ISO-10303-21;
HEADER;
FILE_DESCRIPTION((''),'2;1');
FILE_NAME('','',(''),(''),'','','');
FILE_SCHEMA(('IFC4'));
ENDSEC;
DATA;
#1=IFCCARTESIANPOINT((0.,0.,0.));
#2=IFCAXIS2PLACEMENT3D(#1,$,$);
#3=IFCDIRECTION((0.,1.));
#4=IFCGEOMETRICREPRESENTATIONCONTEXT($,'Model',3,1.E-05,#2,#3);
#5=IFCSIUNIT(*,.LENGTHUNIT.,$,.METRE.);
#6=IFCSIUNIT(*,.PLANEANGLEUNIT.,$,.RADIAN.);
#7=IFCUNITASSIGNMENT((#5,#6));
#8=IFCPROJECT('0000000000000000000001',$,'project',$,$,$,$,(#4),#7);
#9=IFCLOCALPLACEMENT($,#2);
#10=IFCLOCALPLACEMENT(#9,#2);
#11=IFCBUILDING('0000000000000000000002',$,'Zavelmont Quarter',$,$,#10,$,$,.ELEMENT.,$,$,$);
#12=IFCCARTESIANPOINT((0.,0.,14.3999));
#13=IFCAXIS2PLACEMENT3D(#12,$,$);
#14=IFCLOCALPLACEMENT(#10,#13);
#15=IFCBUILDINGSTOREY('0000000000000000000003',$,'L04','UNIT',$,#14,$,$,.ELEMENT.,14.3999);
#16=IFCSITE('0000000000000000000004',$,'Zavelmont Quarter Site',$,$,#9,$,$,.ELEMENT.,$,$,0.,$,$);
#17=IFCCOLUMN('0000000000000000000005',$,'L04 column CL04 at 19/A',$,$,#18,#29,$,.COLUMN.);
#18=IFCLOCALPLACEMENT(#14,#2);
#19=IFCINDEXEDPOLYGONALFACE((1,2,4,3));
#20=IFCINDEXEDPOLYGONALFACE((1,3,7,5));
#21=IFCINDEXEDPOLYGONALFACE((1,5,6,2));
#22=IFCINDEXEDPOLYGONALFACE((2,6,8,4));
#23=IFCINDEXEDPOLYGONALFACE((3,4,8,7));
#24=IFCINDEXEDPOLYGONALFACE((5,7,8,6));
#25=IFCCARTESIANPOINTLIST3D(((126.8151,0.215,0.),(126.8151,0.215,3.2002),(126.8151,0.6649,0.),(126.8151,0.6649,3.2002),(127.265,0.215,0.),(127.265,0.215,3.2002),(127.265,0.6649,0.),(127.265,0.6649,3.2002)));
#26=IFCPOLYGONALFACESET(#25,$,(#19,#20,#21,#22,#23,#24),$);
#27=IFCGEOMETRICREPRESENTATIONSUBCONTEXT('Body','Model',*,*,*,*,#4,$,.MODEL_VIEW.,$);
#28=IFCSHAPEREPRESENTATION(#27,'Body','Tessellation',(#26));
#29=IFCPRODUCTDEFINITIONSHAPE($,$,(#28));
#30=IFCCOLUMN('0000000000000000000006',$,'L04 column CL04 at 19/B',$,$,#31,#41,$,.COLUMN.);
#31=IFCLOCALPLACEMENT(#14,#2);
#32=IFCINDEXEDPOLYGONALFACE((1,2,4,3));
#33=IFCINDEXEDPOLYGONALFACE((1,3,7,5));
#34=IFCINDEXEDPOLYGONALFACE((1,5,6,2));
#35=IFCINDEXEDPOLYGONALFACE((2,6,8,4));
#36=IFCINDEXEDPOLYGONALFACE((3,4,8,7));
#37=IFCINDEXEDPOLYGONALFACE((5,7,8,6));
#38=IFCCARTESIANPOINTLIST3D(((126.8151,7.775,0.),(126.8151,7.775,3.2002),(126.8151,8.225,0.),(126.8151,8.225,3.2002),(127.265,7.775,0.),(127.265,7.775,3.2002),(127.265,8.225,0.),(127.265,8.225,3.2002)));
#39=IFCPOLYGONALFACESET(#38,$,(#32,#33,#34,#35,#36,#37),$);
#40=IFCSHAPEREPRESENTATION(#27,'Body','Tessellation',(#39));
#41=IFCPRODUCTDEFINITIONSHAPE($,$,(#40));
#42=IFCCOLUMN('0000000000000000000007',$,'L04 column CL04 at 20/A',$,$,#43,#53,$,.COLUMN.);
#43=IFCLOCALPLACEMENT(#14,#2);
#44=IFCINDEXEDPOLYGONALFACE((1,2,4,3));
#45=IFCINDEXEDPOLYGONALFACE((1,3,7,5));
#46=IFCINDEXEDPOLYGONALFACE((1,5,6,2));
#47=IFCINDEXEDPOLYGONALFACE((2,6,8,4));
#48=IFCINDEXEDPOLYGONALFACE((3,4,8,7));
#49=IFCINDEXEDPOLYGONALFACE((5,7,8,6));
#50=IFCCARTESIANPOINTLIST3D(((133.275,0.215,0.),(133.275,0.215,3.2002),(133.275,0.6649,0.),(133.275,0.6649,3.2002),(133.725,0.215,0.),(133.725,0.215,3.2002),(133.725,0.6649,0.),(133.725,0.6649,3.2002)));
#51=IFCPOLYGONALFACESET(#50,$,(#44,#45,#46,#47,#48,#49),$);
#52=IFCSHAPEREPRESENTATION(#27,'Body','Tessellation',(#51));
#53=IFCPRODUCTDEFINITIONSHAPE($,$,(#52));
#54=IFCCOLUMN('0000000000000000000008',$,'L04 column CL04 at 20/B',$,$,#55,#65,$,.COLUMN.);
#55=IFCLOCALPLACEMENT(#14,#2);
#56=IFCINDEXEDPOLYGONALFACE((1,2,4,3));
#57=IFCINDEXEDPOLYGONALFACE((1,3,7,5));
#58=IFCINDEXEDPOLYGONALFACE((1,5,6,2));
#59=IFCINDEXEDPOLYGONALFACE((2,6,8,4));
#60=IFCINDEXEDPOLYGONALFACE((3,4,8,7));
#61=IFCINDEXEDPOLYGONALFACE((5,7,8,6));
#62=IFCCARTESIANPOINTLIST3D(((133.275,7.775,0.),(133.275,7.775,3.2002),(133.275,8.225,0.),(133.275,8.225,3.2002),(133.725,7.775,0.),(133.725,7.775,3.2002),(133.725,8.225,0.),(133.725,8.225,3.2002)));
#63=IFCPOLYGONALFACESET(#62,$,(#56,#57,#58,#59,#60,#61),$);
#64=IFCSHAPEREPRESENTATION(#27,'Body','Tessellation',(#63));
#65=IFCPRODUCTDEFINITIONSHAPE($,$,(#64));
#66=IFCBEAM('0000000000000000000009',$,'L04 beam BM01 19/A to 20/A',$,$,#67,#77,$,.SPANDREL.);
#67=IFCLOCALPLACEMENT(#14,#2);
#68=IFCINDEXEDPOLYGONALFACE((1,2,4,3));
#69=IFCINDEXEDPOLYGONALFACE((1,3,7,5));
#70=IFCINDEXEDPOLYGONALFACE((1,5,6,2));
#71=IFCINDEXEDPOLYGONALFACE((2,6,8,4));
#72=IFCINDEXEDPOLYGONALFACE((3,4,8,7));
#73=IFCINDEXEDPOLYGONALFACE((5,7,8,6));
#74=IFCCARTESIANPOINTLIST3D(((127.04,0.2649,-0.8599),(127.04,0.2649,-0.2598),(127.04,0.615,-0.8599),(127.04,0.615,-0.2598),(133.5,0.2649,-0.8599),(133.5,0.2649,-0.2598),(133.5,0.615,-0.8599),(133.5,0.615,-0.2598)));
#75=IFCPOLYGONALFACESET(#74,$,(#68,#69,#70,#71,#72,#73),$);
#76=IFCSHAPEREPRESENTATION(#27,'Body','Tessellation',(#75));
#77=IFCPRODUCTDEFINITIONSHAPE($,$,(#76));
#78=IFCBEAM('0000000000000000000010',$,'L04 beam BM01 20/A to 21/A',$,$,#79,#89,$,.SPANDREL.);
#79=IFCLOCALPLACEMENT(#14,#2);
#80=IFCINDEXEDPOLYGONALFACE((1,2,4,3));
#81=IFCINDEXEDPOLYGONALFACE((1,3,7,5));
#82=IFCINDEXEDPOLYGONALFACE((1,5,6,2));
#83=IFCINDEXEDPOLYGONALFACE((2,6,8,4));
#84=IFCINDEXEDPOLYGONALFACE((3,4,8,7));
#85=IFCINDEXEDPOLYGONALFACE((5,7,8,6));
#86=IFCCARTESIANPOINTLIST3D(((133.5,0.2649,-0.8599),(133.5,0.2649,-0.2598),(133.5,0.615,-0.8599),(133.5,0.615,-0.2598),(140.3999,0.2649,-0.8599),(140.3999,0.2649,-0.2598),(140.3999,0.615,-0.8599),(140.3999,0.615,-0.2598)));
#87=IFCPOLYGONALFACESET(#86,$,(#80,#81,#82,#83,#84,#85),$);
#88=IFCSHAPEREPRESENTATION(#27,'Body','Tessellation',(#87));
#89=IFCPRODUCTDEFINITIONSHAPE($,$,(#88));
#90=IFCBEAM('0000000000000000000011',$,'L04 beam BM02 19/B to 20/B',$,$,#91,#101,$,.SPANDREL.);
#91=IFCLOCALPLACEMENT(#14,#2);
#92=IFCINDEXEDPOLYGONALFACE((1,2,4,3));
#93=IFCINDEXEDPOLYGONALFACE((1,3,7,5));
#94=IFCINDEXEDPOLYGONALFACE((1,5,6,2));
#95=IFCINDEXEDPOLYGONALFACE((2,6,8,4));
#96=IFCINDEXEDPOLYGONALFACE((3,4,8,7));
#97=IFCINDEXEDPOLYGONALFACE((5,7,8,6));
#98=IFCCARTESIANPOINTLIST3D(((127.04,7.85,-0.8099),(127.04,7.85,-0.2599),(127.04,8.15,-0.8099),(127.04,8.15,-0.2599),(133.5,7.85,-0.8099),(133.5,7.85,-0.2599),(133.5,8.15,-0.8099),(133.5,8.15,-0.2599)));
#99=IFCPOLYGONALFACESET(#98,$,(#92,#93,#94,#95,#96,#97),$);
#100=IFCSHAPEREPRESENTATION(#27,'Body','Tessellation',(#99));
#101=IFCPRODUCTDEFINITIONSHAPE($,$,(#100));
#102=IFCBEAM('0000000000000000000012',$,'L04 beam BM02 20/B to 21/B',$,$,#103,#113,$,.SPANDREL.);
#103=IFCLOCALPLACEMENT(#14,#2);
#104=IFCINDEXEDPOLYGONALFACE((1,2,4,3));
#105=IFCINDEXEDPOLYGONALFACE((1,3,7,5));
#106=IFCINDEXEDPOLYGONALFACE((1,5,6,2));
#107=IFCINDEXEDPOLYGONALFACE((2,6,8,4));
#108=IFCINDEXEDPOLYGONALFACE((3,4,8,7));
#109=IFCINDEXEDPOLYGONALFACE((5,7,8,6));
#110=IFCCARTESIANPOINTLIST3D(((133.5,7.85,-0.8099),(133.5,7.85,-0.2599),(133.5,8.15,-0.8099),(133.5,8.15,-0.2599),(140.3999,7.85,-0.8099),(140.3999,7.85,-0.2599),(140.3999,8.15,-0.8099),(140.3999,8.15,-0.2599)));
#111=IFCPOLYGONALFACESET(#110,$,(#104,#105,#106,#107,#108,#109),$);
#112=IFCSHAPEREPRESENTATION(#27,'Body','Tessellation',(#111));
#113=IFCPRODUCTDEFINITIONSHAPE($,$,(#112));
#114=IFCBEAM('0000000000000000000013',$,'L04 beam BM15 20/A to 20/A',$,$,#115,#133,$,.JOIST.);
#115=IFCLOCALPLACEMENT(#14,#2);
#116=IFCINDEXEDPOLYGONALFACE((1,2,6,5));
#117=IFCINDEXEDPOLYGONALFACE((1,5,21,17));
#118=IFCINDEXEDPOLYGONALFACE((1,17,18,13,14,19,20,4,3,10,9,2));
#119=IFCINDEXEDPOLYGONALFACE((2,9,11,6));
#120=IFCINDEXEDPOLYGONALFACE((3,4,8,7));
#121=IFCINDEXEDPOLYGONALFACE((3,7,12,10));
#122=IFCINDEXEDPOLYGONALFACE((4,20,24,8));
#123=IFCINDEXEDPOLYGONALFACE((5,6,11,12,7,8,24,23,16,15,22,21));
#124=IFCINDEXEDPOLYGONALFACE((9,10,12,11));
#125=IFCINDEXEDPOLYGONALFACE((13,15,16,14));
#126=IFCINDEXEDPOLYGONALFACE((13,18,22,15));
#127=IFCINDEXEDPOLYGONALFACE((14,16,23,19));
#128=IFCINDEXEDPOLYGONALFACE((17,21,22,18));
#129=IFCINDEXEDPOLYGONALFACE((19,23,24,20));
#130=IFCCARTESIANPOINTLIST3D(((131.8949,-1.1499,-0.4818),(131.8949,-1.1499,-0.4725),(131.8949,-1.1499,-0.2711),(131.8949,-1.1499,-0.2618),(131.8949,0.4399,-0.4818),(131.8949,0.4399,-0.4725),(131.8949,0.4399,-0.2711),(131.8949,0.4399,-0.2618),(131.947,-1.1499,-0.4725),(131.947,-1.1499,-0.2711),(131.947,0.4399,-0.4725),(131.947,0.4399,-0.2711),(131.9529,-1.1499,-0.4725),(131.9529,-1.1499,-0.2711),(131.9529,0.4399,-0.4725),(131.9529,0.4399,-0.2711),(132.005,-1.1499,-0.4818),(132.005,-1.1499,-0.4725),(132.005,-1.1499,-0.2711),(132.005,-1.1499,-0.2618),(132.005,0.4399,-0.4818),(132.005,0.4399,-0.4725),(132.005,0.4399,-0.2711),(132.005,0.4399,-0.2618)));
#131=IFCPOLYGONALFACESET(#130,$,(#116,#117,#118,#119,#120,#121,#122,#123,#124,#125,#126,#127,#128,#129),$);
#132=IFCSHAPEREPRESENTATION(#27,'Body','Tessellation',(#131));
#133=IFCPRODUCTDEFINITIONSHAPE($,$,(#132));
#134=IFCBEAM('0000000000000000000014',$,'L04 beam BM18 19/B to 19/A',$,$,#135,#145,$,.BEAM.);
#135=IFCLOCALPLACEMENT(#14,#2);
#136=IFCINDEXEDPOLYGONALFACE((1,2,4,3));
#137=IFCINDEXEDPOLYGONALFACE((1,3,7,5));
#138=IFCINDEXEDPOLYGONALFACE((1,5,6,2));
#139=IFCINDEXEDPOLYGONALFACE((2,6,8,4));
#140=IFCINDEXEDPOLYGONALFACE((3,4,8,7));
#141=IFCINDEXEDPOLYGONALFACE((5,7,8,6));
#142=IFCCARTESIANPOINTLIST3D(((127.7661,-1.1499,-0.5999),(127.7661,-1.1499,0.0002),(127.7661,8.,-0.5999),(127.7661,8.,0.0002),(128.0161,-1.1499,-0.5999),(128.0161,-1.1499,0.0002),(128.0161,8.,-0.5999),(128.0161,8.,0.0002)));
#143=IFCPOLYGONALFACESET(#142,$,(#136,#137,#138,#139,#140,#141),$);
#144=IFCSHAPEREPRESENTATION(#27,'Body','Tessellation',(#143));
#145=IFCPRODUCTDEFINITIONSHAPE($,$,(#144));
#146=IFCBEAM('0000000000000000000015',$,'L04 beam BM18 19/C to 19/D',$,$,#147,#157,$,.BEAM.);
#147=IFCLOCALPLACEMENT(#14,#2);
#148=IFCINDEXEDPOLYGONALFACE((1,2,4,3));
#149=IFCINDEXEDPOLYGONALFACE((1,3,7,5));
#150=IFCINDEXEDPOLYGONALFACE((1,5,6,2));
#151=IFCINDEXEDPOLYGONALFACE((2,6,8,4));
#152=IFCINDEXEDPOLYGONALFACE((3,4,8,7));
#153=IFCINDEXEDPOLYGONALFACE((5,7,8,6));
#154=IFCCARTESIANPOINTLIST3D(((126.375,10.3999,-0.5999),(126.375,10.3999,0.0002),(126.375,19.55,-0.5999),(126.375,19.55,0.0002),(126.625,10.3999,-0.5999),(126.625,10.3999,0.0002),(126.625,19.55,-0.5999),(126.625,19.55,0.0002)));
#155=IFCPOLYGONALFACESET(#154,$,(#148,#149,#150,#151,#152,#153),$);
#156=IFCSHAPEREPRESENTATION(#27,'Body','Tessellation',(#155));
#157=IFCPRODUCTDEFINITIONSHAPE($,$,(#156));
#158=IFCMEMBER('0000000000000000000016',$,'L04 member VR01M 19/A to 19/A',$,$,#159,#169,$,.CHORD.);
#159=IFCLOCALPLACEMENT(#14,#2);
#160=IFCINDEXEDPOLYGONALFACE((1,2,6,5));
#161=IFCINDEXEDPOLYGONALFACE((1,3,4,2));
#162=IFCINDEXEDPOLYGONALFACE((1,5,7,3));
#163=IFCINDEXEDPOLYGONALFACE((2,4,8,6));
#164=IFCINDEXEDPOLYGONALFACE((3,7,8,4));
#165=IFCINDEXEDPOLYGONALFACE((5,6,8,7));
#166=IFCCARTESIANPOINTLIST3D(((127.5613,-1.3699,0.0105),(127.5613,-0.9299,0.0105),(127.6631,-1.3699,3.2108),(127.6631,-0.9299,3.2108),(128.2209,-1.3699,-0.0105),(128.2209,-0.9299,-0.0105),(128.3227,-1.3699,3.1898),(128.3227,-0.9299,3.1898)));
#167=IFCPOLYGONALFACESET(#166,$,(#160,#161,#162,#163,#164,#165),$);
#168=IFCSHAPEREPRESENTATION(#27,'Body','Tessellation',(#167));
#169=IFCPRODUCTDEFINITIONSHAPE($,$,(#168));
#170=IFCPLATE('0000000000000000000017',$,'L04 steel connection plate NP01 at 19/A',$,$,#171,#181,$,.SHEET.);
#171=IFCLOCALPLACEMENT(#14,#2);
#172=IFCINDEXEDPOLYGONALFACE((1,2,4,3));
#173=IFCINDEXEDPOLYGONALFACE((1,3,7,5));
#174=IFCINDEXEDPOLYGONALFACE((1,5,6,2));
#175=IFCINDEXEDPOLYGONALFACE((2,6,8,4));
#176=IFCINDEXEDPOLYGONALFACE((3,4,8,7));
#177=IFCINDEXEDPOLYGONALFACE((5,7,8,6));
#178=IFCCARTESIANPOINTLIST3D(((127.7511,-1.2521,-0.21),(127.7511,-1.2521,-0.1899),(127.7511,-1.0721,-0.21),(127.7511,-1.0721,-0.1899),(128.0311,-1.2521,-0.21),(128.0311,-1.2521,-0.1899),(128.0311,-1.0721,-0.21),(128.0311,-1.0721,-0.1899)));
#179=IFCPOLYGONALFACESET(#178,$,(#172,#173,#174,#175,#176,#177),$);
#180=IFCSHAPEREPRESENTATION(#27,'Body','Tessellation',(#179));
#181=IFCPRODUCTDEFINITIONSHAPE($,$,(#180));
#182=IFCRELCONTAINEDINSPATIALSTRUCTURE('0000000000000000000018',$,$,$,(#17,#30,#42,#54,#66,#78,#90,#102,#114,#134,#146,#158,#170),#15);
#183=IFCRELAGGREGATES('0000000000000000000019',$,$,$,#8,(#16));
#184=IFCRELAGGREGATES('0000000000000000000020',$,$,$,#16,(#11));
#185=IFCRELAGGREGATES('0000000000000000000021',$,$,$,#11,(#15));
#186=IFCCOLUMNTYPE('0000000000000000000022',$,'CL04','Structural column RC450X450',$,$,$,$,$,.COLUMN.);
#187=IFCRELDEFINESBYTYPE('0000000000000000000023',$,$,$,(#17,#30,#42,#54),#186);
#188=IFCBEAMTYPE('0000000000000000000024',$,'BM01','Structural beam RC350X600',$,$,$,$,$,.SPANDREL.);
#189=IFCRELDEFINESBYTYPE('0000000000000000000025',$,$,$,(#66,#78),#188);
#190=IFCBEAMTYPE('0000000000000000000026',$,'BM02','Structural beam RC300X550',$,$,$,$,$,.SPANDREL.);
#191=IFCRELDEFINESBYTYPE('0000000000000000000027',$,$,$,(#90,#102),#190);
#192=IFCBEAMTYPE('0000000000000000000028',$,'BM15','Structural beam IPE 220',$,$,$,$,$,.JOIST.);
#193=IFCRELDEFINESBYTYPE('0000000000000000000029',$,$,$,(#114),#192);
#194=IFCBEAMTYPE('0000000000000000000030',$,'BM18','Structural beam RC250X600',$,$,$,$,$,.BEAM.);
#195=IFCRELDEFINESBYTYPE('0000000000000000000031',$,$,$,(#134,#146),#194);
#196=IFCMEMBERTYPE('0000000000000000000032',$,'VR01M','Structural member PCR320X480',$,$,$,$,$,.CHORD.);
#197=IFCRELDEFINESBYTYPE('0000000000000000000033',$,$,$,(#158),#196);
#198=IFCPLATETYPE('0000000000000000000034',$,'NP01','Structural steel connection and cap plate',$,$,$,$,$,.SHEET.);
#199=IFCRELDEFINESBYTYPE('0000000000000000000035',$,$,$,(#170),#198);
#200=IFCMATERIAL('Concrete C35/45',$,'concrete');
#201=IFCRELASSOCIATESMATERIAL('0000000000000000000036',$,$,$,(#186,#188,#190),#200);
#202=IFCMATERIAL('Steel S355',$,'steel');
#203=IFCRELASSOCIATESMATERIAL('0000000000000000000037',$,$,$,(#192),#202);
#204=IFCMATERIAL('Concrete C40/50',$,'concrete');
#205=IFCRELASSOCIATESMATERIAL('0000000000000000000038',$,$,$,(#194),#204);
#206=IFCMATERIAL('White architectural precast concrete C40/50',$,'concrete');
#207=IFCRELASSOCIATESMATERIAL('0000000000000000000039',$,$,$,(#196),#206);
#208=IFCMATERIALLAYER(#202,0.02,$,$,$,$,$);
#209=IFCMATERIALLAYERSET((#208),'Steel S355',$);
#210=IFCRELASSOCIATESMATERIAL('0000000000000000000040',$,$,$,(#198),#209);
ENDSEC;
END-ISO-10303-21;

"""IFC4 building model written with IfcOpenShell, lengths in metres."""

from ifc_helpers import new_model, si_unit, direction, frame, origin, origin_2d, place, context, subcontext, project, spatial, rectangle, i_section, extrude, material, layer, layer_set, material_profile, profile_set, type_object, element, save


model = new_model("IFC4")

# Units and contexts
model_context = context("Model", 3, precision=1e-05, world=origin(), true_north=direction((0.0, 1.0)))
body_context = subcontext(model_context, "Body", "Model", "MODEL_VIEW")
ifc_project = project(units=[si_unit("LENGTHUNIT", "METRE"), si_unit("PLANEANGLEUNIT", "RADIAN")], contexts=[model_context])

# Site, building, storey
site_placement = place(None, origin())
site = spatial("IfcSite", under=ifc_project, at=site_placement, Name="Zavelmont Quarter Site", CompositionType="ELEMENT", RefElevation=0.0)
building_placement = place(site_placement, origin())
building = spatial("IfcBuilding", under=site, at=building_placement, Name="Zavelmont Quarter", CompositionType="ELEMENT")
storey_placement = place(building_placement, frame((0.0, 0.0, 14.3999)))
storey = spatial("IfcBuildingStorey", under=building, at=storey_placement, Name="L04", Description="UNIT", CompositionType="ELEMENT", Elevation=14.3999)

# Columns
ifc_material_1 = material(Name="Concrete C35/45", Category="concrete")
ifc_material_profile_1 = material_profile(ifc_material_1, rectangle(XDim=0.45, YDim=0.45, at=origin_2d()), Name="RC450X450")
ifc_profile_set_1 = profile_set([ifc_material_profile_1], Name="Concrete C35/45")
column_type = type_object("IfcColumnType", Name="CL04", Description="Structural column RC450X450", PredefinedType="COLUMN", material=ifc_profile_set_1)
for number, where, z_axis, x_axis, name in (
    (1, (127.04, 0.4399, 0.0), (0.0, 0.0, 1.0), (1.0, 0.0, 0.0), "L04 column CL04 at 19/A"),
    (2, (127.04, 8.0, 0.0), (0.0, 0.0, 1.0), (1.0, 0.0, 0.0), "L04 column CL04 at 19/B"),
    (3, (133.5, 0.4399, 0.0), (0.0, 0.0, 1.0), (1.0, 0.0, 0.0), "L04 column CL04 at 20/A"),
    (4, (133.5, 8.0, 0.0), (0.0, 0.0, 1.0), (1.0, 0.0, 0.0), "L04 column CL04 at 20/B"),
):
    element("IfcColumn", number, at=place(storey_placement, frame(where, z_axis=z_axis, x_axis=x_axis)), inside=storey, type_object=column_type, Name=name, PredefinedType="COLUMN", context=body_context, shape_type="SweptSolid", body=[
        extrude(rectangle(XDim=0.45, YDim=0.45, at=origin_2d()), origin(), (0.0, 0.0, 1.0), 3.2002),
    ])

# Beams
ifc_material_profile_2 = material_profile(ifc_material_1, rectangle(XDim=0.3501, YDim=0.6001, at=origin_2d()), Name="RC350X600")
ifc_profile_set_2 = profile_set([ifc_material_profile_2], Name="Concrete C35/45")
beam_type_1 = type_object("IfcBeamType", Name="BM01", Description="Structural beam RC350X600", PredefinedType="SPANDREL", material=ifc_profile_set_2)
beam_1_placement = place(storey_placement, frame((127.04, 0.4399, -0.5598), z_axis=(1.0, 0.0, 0.0), x_axis=(0.0, 1.0, 0.0)))
element("IfcBeam", 5, at=beam_1_placement, inside=storey, type_object=beam_type_1, Name="L04 beam BM01 19/A to 20/A", PredefinedType="SPANDREL", context=body_context, shape_type="SweptSolid", body=[
    extrude(rectangle(XDim=0.3501, YDim=0.6001, at=origin_2d()), origin(), (0.0, 0.0, 1.0), 6.46),
])
beam_2_placement = place(storey_placement, frame((133.5, 0.4399, -0.5598), z_axis=(1.0, 0.0, 0.0), x_axis=(0.0, 1.0, 0.0)))
element("IfcBeam", 6, at=beam_2_placement, inside=storey, type_object=beam_type_1, Name="L04 beam BM01 20/A to 21/A", PredefinedType="SPANDREL", context=body_context, shape_type="SweptSolid", body=[
    extrude(rectangle(XDim=0.3501, YDim=0.6001, at=origin_2d()), origin(), (0.0, 0.0, 1.0), 6.8999),
])
ifc_material_profile_3 = material_profile(ifc_material_1, rectangle(XDim=0.3, YDim=0.55, at=origin_2d()), Name="RC300X550")
ifc_profile_set_3 = profile_set([ifc_material_profile_3], Name="Concrete C35/45")
beam_type_2 = type_object("IfcBeamType", Name="BM02", Description="Structural beam RC300X550", PredefinedType="SPANDREL", material=ifc_profile_set_3)
beam_3_placement = place(storey_placement, frame((127.04, 8.0, -0.5349), z_axis=(1.0, 0.0, 0.0), x_axis=(0.0, 1.0, 0.0)))
element("IfcBeam", 7, at=beam_3_placement, inside=storey, type_object=beam_type_2, Name="L04 beam BM02 19/B to 20/B", PredefinedType="SPANDREL", context=body_context, shape_type="SweptSolid", body=[
    extrude(rectangle(XDim=0.3, YDim=0.55, at=origin_2d()), origin(), (0.0, 0.0, 1.0), 6.46),
])
beam_4_placement = place(storey_placement, frame((133.5, 8.0, -0.5349), z_axis=(1.0, 0.0, 0.0), x_axis=(0.0, 1.0, 0.0)))
element("IfcBeam", 8, at=beam_4_placement, inside=storey, type_object=beam_type_2, Name="L04 beam BM02 20/B to 21/B", PredefinedType="SPANDREL", context=body_context, shape_type="SweptSolid", body=[
    extrude(rectangle(XDim=0.3, YDim=0.55, at=origin_2d()), origin(), (0.0, 0.0, 1.0), 6.8999),
])
ifc_material_2 = material(Name="Steel S355", Category="steel")
ifc_material_profile_4 = material_profile(ifc_material_2, i_section(OverallWidth=0.1101, OverallDepth=0.22, WebThickness=0.0059, FlangeThickness=0.0093, at=origin_2d()), Name="IPE 220")
ifc_profile_set_4 = profile_set([ifc_material_profile_4], Name="Steel S355")
beam_type_3 = type_object("IfcBeamType", Name="BM15", Description="Structural beam IPE 220", PredefinedType="JOIST", material=ifc_profile_set_4)
beam_5_placement = place(storey_placement, frame((131.95, 0.4399, -0.3718), z_axis=(0.0, -1.0, 0.0), x_axis=(1.0, 0.0, 0.0)))
element("IfcBeam", 9, at=beam_5_placement, inside=storey, type_object=beam_type_3, Name="L04 beam BM15 20/A to 20/A", PredefinedType="JOIST", context=body_context, shape_type="SweptSolid", body=[
    extrude(i_section(OverallWidth=0.1101, OverallDepth=0.22, WebThickness=0.0059, FlangeThickness=0.0093, at=origin_2d()), origin(), (0.0, 0.0, 1.0), 1.5898),
])
ifc_material_3 = material(Name="Concrete C40/50", Category="concrete")
ifc_material_profile_5 = material_profile(ifc_material_3, rectangle(XDim=0.25, YDim=0.6001, at=origin_2d()), Name="RC250X600")
ifc_profile_set_5 = profile_set([ifc_material_profile_5], Name="Concrete C40/50")
beam_type_4 = type_object("IfcBeamType", Name="BM18", Description="Structural beam RC250X600", PredefinedType="BEAM", material=ifc_profile_set_5)
beam_6_placement = place(storey_placement, frame((127.8911, 8.0, -0.2998), z_axis=(0.0, -1.0, 0.0), x_axis=(1.0, 0.0, 0.0)))
element("IfcBeam", 10, at=beam_6_placement, inside=storey, type_object=beam_type_4, Name="L04 beam BM18 19/B to 19/A", PredefinedType="BEAM", context=body_context, shape_type="SweptSolid", body=[
    extrude(rectangle(XDim=0.25, YDim=0.6001, at=origin_2d()), origin(), (0.0, 0.0, 1.0), 9.1499),
])
beam_7_placement = place(storey_placement, frame((126.5, 10.3999, -0.2998), z_axis=(0.0, 1.0, 0.0), x_axis=(-1.0, 0.0, 0.0)))
element("IfcBeam", 11, at=beam_7_placement, inside=storey, type_object=beam_type_4, Name="L04 beam BM18 19/C to 19/D", PredefinedType="BEAM", context=body_context, shape_type="SweptSolid", body=[
    extrude(rectangle(XDim=0.25, YDim=0.6001, at=origin_2d()), origin(), (0.0, 0.0, 1.0), 9.1501),
])

# Member
ifc_material_4 = material(Name="White architectural precast concrete C40/50", Category="concrete")
ifc_material_profile_6 = material_profile(ifc_material_4, rectangle(XDim=0.4399, YDim=0.6599, at=origin_2d()), Name="PCR320X480")
ifc_profile_set_6 = profile_set([ifc_material_profile_6], Name="White architectural precast concrete C40/50")
member_type = type_object("IfcMemberType", Name="VR01M", Description="Structural member PCR320X480", PredefinedType="CHORD", material=ifc_profile_set_6)
member_placement = place(storey_placement, frame((127.8911, -1.1499, 0.0), z_axis=(0.031797, 0.0, 0.999494), x_axis=(0.0, 1.0, 0.0)))
element("IfcMember", 12, at=member_placement, inside=storey, type_object=member_type, Name="L04 member VR01M 19/A to 19/A", PredefinedType="CHORD", context=body_context, shape_type="SweptSolid", body=[
    extrude(rectangle(XDim=0.4399, YDim=0.6599, at=origin_2d()), origin(), (0.0, 0.0, 1.0), 3.2019),
])

# Plate
ifc_layer_1 = layer(ifc_material_2, 0.02)
ifc_layer_set_1 = layer_set([ifc_layer_1], Name="Steel S355")
plate_type = type_object("IfcPlateType", Name="NP01", Description="Structural steel connection and cap plate", PredefinedType="SHEET", material=ifc_layer_set_1)
plate_placement = place(storey_placement, frame((127.8911, -1.1621, -0.21), z_axis=(0.0, 0.0, 1.0), x_axis=(1.0, 0.0, 0.0)))
element("IfcPlate", 13, at=plate_placement, inside=storey, type_object=plate_type, Name="L04 steel connection plate NP01 at 19/A", PredefinedType="SHEET", context=body_context, shape_type="SweptSolid", body=[
    extrude(rectangle(XDim=0.28, YDim=0.1799, at=origin_2d()), origin(), (0.0, 0.0, 1.0), 0.02),
])

save(model, "model.ifc")
